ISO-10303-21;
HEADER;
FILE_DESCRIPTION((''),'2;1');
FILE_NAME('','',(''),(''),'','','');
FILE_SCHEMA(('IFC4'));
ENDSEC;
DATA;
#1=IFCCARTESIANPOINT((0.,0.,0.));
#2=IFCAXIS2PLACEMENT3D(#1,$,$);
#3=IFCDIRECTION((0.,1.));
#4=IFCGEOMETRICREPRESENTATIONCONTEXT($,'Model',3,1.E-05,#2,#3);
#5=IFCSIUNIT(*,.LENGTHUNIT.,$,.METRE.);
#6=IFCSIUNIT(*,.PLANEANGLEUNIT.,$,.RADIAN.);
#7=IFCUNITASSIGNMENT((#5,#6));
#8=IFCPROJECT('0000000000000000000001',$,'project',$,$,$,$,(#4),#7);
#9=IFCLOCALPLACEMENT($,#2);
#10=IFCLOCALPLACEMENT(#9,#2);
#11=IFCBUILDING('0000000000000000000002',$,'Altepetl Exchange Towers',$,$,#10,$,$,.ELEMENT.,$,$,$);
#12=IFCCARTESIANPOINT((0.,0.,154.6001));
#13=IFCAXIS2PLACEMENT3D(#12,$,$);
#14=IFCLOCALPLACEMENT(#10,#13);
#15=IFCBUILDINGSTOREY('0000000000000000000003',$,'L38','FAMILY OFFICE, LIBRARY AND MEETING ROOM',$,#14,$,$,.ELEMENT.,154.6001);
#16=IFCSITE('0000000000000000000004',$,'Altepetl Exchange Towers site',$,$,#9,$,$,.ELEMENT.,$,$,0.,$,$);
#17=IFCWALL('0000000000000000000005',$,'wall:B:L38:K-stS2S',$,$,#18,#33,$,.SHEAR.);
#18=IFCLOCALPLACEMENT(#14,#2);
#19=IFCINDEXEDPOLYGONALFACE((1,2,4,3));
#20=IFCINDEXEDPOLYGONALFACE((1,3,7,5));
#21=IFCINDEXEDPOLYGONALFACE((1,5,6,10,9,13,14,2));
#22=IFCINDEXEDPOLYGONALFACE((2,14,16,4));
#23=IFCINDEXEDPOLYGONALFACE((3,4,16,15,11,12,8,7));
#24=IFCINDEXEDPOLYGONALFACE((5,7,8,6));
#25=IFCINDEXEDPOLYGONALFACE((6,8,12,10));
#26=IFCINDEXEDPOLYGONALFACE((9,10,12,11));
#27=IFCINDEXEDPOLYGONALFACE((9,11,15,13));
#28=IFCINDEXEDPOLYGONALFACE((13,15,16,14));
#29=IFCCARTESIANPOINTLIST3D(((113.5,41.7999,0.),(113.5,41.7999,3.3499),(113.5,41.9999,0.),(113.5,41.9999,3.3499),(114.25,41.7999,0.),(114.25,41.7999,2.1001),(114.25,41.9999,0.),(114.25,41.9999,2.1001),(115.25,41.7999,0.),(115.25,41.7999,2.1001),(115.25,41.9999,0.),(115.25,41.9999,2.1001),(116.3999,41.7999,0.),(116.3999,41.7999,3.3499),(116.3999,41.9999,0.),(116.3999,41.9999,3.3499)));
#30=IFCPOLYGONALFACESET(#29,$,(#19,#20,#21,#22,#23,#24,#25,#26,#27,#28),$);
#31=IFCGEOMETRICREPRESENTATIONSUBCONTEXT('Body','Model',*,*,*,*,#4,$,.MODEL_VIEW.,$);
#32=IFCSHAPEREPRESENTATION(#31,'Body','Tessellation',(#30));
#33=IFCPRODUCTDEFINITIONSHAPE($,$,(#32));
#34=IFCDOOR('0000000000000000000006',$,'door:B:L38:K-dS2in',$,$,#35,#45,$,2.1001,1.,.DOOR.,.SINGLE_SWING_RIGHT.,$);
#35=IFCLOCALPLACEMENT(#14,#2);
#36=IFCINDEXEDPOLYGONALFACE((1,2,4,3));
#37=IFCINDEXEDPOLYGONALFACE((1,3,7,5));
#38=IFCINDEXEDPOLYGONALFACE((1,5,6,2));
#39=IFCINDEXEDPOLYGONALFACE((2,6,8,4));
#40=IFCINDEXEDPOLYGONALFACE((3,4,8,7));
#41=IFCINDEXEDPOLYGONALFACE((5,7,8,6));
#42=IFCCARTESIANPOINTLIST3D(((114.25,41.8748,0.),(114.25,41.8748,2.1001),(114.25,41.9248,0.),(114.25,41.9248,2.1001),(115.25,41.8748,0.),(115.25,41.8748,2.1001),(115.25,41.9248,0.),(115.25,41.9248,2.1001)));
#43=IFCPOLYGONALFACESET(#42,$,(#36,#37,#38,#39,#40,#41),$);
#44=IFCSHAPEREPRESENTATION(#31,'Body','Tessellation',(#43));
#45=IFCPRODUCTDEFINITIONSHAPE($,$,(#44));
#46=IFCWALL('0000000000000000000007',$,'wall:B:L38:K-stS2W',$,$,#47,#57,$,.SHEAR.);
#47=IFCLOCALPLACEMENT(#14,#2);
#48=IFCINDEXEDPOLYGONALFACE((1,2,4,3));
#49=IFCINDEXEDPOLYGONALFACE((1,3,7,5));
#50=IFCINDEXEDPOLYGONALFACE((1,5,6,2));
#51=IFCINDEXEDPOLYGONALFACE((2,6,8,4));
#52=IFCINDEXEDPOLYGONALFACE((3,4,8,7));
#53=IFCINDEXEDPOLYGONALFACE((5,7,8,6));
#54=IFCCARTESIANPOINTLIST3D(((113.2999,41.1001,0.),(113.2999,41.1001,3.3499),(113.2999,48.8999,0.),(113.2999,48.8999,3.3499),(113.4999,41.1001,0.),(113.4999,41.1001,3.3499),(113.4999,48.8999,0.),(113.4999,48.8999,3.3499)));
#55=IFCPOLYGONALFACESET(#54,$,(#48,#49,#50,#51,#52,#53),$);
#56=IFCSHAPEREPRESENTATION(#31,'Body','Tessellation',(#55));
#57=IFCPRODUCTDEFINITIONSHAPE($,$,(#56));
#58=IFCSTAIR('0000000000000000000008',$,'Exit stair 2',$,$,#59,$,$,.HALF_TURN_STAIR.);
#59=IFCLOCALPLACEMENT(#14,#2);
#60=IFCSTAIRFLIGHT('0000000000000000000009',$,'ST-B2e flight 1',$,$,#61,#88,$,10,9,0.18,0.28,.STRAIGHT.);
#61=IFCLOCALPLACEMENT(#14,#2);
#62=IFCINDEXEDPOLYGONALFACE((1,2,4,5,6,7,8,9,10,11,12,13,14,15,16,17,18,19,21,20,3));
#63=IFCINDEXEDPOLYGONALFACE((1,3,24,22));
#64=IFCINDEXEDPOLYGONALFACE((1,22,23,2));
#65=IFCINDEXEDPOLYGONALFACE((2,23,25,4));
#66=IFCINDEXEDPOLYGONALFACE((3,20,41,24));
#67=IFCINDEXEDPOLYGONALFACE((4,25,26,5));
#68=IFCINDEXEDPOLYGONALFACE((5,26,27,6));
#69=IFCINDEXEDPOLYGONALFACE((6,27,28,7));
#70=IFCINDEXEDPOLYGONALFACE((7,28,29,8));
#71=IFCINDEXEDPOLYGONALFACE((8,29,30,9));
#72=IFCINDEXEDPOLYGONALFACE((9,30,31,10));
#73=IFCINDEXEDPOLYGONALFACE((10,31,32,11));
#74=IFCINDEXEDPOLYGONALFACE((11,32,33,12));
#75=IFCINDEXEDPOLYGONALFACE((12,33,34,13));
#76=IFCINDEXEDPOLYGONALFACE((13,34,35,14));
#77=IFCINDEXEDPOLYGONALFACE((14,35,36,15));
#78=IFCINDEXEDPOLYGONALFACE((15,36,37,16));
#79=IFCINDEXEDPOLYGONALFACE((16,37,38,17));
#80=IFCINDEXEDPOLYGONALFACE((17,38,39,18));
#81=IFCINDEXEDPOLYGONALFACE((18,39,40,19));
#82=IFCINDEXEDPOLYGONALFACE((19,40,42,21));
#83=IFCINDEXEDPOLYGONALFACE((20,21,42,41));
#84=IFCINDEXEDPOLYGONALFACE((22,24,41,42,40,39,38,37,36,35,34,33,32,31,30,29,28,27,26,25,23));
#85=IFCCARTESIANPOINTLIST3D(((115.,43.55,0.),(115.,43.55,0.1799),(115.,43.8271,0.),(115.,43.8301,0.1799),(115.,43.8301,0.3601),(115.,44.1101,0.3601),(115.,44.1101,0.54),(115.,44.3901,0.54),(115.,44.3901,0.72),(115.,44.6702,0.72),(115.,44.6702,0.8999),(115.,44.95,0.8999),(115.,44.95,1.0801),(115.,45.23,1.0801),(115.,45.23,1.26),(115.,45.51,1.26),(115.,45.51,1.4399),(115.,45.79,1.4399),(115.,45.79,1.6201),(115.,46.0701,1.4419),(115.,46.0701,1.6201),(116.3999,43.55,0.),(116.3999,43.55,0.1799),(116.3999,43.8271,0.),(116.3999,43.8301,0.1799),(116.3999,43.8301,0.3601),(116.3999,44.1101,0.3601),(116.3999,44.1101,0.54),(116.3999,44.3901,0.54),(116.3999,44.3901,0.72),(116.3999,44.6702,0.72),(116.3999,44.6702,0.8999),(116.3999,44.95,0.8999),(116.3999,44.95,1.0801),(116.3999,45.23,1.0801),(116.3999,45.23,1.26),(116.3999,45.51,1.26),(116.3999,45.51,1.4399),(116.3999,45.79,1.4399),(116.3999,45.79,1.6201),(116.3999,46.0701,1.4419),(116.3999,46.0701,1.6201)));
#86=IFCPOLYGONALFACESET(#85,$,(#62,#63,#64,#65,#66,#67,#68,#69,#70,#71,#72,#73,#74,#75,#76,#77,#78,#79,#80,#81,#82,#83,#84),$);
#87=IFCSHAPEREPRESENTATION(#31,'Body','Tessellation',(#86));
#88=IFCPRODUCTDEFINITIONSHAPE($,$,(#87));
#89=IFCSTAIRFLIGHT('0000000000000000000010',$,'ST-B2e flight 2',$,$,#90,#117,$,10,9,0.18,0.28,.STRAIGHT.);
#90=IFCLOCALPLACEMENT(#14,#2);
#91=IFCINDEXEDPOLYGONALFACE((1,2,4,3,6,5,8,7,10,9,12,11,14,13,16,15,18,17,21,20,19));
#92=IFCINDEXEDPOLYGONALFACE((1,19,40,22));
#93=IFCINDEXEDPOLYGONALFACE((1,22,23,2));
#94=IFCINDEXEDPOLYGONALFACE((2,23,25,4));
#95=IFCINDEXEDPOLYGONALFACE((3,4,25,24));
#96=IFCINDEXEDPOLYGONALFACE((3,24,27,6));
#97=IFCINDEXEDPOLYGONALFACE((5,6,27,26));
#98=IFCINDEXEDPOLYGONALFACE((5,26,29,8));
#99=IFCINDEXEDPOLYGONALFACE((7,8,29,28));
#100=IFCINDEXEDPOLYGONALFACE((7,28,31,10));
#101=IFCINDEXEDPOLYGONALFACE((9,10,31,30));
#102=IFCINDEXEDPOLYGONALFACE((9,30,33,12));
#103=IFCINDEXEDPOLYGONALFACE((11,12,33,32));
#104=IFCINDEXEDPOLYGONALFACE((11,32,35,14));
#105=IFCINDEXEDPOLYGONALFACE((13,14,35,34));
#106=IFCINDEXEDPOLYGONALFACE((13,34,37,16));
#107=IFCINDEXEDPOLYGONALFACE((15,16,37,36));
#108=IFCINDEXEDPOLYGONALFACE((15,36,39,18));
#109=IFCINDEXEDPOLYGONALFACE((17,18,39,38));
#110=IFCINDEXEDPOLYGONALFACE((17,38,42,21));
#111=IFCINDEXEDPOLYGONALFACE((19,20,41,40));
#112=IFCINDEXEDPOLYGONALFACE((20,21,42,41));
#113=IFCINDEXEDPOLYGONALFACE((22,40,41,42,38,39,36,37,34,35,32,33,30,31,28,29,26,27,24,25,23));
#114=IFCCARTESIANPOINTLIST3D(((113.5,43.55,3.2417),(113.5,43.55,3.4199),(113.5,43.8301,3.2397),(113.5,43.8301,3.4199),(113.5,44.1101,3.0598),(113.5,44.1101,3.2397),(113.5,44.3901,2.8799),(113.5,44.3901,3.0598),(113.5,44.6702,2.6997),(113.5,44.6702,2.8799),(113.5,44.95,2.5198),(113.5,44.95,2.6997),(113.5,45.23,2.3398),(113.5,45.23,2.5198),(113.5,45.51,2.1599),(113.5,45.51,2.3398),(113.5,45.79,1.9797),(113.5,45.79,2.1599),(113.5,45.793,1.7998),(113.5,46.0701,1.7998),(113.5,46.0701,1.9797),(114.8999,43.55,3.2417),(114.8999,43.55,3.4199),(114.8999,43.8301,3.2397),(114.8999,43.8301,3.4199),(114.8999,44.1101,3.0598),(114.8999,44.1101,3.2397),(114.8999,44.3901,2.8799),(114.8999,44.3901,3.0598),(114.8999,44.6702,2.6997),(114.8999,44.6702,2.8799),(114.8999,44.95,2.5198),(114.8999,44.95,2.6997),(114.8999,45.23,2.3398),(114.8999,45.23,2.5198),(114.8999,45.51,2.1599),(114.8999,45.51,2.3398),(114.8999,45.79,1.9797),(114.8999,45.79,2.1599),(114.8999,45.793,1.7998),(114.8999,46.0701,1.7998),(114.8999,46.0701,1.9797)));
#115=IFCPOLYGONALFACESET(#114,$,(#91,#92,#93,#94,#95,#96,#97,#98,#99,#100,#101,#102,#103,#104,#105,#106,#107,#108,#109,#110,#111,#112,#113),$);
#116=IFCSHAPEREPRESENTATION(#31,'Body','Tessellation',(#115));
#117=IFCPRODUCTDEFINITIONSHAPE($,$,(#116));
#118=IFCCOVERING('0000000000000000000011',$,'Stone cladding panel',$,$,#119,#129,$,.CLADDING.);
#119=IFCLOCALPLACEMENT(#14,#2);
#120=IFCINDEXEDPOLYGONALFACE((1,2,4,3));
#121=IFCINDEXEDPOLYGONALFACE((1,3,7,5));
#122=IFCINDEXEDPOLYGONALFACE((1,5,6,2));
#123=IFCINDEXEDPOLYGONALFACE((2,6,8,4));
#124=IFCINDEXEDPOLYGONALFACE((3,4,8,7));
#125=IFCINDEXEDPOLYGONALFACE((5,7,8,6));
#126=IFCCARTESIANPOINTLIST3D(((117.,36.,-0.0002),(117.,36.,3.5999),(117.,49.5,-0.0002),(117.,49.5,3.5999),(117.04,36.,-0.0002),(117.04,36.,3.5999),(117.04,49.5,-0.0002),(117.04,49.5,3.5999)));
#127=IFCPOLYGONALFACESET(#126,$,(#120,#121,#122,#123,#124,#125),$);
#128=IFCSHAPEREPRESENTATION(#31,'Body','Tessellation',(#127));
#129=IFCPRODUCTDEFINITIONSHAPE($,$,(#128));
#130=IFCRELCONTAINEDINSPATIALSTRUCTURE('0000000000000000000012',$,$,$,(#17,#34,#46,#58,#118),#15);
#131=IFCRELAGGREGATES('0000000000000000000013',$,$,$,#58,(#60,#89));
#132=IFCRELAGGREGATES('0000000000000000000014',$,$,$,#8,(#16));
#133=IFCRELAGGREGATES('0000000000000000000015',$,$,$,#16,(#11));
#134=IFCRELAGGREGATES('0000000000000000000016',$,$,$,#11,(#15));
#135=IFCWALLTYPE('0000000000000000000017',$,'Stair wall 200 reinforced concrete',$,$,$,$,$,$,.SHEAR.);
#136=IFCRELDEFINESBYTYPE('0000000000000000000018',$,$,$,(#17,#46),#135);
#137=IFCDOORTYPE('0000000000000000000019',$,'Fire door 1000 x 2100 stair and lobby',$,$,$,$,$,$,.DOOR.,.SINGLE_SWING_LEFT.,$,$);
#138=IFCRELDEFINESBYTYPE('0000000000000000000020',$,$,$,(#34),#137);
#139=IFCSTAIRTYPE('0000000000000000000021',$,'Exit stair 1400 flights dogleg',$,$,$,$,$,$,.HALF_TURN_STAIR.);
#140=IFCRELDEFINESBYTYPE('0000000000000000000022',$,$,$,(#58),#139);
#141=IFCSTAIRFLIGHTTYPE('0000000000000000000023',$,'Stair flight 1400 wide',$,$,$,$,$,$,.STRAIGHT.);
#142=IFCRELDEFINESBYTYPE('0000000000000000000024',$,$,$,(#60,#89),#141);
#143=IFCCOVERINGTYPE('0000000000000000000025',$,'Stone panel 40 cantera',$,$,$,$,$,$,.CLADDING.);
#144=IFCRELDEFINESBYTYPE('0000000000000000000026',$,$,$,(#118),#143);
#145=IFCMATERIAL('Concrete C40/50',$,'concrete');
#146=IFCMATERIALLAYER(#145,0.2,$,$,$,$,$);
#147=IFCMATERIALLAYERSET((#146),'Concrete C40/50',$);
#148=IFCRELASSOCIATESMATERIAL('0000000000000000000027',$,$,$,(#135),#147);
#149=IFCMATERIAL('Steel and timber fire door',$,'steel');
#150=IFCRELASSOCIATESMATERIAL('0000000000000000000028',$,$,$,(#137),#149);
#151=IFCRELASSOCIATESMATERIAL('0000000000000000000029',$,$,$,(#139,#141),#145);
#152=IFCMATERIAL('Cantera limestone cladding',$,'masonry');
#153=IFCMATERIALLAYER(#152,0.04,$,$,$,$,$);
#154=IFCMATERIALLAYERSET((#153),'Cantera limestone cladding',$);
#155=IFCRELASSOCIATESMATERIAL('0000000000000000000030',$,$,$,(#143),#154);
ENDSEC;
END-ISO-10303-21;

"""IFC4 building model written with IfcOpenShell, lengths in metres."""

from ifc_helpers import new_model, si_unit, direction, frame, frame_2d, origin, origin_2d, place, context, subcontext, project, spatial, polyline, rectangle, outline, extrude, material, layer, layer_set, type_object, element, fill, aggregate, save


model = new_model("IFC4")

# Units and contexts
model_context = context("Model", 3, precision=1e-05, world=origin(), true_north=direction((0.0, 1.0)))
body_context = subcontext(model_context, "Body", "Model", "MODEL_VIEW")
ifc_project = project(units=[si_unit("LENGTHUNIT", "METRE"), si_unit("PLANEANGLEUNIT", "RADIAN")], contexts=[model_context])

# Site, building, storey
site_placement = place(None, origin())
site = spatial("IfcSite", under=ifc_project, at=site_placement, Name="Altepetl Exchange Towers site", CompositionType="ELEMENT", RefElevation=0.0)
building_placement = place(site_placement, origin())
building = spatial("IfcBuilding", under=site, at=building_placement, Name="Altepetl Exchange Towers", CompositionType="ELEMENT")
storey_placement = place(building_placement, frame((0.0, 0.0, 154.6001)))
storey = spatial("IfcBuildingStorey", under=building, at=storey_placement, Name="L38", Description="FAMILY OFFICE, LIBRARY AND MEETING ROOM", CompositionType="ELEMENT", Elevation=154.6001)

# Shared definitions
ifc_material_1 = material(Name="Steel and timber fire door", Category="steel")

# Shared definitions
ifc_material_2 = material(Name="Concrete C40/50", Category="concrete")

# Wall, opening, door
ifc_layer_1 = layer(ifc_material_2, 0.2)
ifc_layer_set_1 = layer_set([ifc_layer_1], Name="Concrete C40/50")
wall_type_1 = type_object("IfcWallType", Name="Stair wall 200 reinforced concrete", PredefinedType="SHEAR", material=ifc_layer_set_1)
wall_1_placement = place(storey_placement, frame((113.5, 41.8999, 0.0)))
wall_1 = element("IfcWall", 1, at=wall_1_placement, inside=storey, type_object=wall_type_1, Name="wall:B:L38:K-stS2S", PredefinedType="SHEAR", context=body_context, shape_type="SweptSolid", body=[
    extrude(rectangle(XDim=2.8999, YDim=0.2, at=frame_2d((1.45, 0.0))), origin(), (0.0, 0.0, 1.0), 3.3499),
])
opening_1_placement = place(wall_1_placement, frame((0.75, 0.0, 0.0)))
opening_1 = element("IfcOpeningElement", 2, at=opening_1_placement, cuts=wall_1, PredefinedType="OPENING", context=body_context, shape_type="SweptSolid", body=[
    extrude(rectangle(XDim=1.0, YDim=2.1001, at=frame_2d((0.5, 1.05))), frame((0.0, 0.1099, 0.0), z_axis=(0.0, -1.0, 0.0), x_axis=(1.0, 0.0, 0.0)), (0.0, 0.0, 1.0), 0.22),
])
door_type_1 = type_object("IfcDoorType", Name="Fire door 1000 x 2100 stair and lobby", OperationType="SINGLE_SWING_LEFT", PredefinedType="DOOR", material=ifc_material_1)
door_1_placement = place(opening_1_placement, origin())
door_1 = element("IfcDoor", 3, at=door_1_placement, inside=storey, type_object=door_type_1, Name="door:B:L38:K-dS2in", OperationType="SINGLE_SWING_RIGHT", OverallHeight=2.1001, OverallWidth=1.0, PredefinedType="DOOR", context=body_context, shape_type="SweptSolid", body=[
    extrude(rectangle(XDim=1.0, YDim=2.1001, at=frame_2d((0.5, 1.05))), frame((0.0, 0.0249, 0.0), z_axis=(0.0, -1.0, 0.0), x_axis=(1.0, 0.0, 0.0)), (0.0, 0.0, 1.0), 0.05),
])
fill(opening_1, door_1)

# Wall
wall_2_placement = place(storey_placement, frame((113.3999, 41.1001, 0.0), z_axis=(0.0, 0.0, 1.0), x_axis=(0.0, 1.0, 0.0)))
element("IfcWall", 4, at=wall_2_placement, inside=storey, type_object=wall_type_1, Name="wall:B:L38:K-stS2W", PredefinedType="SHEAR", context=body_context, shape_type="SweptSolid", body=[
    extrude(rectangle(XDim=7.7998, YDim=0.2, at=frame_2d((3.8999, 0.0))), origin(), (0.0, 0.0, 1.0), 3.3499),
])

# Stair, stair flights
stair_type = type_object("IfcStairType", Name="Exit stair 1400 flights dogleg", PredefinedType="HALF_TURN_STAIR", material=ifc_material_2)
stair_placement = place(storey_placement, origin())
stair = element("IfcStair", 5, at=stair_placement, inside=storey, type_object=stair_type, Name="Exit stair 2", PredefinedType="HALF_TURN_STAIR")
stair_flight_type = type_object("IfcStairFlightType", Name="Stair flight 1400 wide", PredefinedType="STRAIGHT", material=ifc_material_2)
stair_flight_1_placement = place(storey_placement, frame((115.7, 43.55, 0.0), z_axis=(0.0, 0.0, 1.0), x_axis=(0.0, 1.0, 0.0)))
stair_flight_1 = element("IfcStairFlight", 6, at=stair_flight_1_placement, type_object=stair_flight_type, Name="ST-B2e flight 1", NumberOfRisers=10, NumberOfTreads=9, PredefinedType="STRAIGHT", RiserHeight=0.18, TreadLength=0.28, context=body_context, shape_type="SweptSolid", body=[
    extrude(outline(polyline([(0.0, 0.0), (0.0, 0.1799), (0.28, 0.1799), (0.28, 0.3601), (0.5601, 0.3601), (0.5601, 0.54), (0.8401, 0.54), (0.8401, 0.72), (1.1201, 0.72), (1.1201, 0.8999), (1.3999, 0.8999), (1.3999, 1.0801), (1.6799, 1.0801), (1.6799, 1.26), (1.96, 1.26), (1.96, 1.4399), (2.24, 1.4399), (2.24, 1.6201), (2.52, 1.6201), (2.52, 1.8), (2.52, 1.4419), (0.2771, 0.0), (0.0, 0.0)])), frame((0.0, 0.7, 0.0), z_axis=(0.0, -1.0, 0.0), x_axis=(1.0, 0.0, 0.0)), (0.0, 0.0, 1.0), 1.3999),
])
stair_flight_2_placement = place(storey_placement, frame((114.2, 46.0701, 1.7998), z_axis=(0.0, 0.0, 1.0), x_axis=(0.0, -1.0, 0.0)))
stair_flight_2 = element("IfcStairFlight", 7, at=stair_flight_2_placement, type_object=stair_flight_type, Name="ST-B2e flight 2", NumberOfRisers=10, NumberOfTreads=9, PredefinedType="STRAIGHT", RiserHeight=0.18, TreadLength=0.28, context=body_context, shape_type="SweptSolid", body=[
    extrude(outline(polyline([(0.0, 0.0), (0.0, 0.1799), (0.28, 0.1799), (0.28, 0.3601), (0.5601, 0.3601), (0.5601, 0.54), (0.8401, 0.54), (0.8401, 0.72), (1.1201, 0.72), (1.1201, 0.8999), (1.3999, 0.8999), (1.3999, 1.0801), (1.6799, 1.0801), (1.6799, 1.26), (1.96, 1.26), (1.96, 1.4399), (2.24, 1.4399), (2.24, 1.6201), (2.52, 1.6201), (2.52, 1.8), (2.52, 1.4419), (0.2771, 0.0), (0.0, 0.0)])), frame((0.0, 0.7, 0.0), z_axis=(0.0, -1.0, 0.0), x_axis=(1.0, 0.0, 0.0)), (0.0, 0.0, 1.0), 1.3999),
])
aggregate(stair, [stair_flight_1, stair_flight_2])

# Covering
ifc_material_3 = material(Name="Cantera limestone cladding", Category="masonry")
ifc_layer_2 = layer(ifc_material_3, 0.04)
ifc_layer_set_2 = layer_set([ifc_layer_2], Name="Cantera limestone cladding")
covering_type = type_object("IfcCoveringType", Name="Stone panel 40 cantera", PredefinedType="CLADDING", material=ifc_layer_set_2)
covering_placement = place(storey_placement, frame((117.02, 42.75, -0.0002), z_axis=(0.0, 0.0, 1.0), x_axis=(0.0, 1.0, 0.0)))
element("IfcCovering", 8, at=covering_placement, inside=storey, type_object=covering_type, Name="Stone cladding panel", PredefinedType="CLADDING", context=body_context, shape_type="SweptSolid", body=[
    extrude(rectangle(XDim=13.5, YDim=0.04, at=origin_2d()), origin(), (0.0, 0.0, 1.0), 3.6001),
])

save(model, "model.ifc")
